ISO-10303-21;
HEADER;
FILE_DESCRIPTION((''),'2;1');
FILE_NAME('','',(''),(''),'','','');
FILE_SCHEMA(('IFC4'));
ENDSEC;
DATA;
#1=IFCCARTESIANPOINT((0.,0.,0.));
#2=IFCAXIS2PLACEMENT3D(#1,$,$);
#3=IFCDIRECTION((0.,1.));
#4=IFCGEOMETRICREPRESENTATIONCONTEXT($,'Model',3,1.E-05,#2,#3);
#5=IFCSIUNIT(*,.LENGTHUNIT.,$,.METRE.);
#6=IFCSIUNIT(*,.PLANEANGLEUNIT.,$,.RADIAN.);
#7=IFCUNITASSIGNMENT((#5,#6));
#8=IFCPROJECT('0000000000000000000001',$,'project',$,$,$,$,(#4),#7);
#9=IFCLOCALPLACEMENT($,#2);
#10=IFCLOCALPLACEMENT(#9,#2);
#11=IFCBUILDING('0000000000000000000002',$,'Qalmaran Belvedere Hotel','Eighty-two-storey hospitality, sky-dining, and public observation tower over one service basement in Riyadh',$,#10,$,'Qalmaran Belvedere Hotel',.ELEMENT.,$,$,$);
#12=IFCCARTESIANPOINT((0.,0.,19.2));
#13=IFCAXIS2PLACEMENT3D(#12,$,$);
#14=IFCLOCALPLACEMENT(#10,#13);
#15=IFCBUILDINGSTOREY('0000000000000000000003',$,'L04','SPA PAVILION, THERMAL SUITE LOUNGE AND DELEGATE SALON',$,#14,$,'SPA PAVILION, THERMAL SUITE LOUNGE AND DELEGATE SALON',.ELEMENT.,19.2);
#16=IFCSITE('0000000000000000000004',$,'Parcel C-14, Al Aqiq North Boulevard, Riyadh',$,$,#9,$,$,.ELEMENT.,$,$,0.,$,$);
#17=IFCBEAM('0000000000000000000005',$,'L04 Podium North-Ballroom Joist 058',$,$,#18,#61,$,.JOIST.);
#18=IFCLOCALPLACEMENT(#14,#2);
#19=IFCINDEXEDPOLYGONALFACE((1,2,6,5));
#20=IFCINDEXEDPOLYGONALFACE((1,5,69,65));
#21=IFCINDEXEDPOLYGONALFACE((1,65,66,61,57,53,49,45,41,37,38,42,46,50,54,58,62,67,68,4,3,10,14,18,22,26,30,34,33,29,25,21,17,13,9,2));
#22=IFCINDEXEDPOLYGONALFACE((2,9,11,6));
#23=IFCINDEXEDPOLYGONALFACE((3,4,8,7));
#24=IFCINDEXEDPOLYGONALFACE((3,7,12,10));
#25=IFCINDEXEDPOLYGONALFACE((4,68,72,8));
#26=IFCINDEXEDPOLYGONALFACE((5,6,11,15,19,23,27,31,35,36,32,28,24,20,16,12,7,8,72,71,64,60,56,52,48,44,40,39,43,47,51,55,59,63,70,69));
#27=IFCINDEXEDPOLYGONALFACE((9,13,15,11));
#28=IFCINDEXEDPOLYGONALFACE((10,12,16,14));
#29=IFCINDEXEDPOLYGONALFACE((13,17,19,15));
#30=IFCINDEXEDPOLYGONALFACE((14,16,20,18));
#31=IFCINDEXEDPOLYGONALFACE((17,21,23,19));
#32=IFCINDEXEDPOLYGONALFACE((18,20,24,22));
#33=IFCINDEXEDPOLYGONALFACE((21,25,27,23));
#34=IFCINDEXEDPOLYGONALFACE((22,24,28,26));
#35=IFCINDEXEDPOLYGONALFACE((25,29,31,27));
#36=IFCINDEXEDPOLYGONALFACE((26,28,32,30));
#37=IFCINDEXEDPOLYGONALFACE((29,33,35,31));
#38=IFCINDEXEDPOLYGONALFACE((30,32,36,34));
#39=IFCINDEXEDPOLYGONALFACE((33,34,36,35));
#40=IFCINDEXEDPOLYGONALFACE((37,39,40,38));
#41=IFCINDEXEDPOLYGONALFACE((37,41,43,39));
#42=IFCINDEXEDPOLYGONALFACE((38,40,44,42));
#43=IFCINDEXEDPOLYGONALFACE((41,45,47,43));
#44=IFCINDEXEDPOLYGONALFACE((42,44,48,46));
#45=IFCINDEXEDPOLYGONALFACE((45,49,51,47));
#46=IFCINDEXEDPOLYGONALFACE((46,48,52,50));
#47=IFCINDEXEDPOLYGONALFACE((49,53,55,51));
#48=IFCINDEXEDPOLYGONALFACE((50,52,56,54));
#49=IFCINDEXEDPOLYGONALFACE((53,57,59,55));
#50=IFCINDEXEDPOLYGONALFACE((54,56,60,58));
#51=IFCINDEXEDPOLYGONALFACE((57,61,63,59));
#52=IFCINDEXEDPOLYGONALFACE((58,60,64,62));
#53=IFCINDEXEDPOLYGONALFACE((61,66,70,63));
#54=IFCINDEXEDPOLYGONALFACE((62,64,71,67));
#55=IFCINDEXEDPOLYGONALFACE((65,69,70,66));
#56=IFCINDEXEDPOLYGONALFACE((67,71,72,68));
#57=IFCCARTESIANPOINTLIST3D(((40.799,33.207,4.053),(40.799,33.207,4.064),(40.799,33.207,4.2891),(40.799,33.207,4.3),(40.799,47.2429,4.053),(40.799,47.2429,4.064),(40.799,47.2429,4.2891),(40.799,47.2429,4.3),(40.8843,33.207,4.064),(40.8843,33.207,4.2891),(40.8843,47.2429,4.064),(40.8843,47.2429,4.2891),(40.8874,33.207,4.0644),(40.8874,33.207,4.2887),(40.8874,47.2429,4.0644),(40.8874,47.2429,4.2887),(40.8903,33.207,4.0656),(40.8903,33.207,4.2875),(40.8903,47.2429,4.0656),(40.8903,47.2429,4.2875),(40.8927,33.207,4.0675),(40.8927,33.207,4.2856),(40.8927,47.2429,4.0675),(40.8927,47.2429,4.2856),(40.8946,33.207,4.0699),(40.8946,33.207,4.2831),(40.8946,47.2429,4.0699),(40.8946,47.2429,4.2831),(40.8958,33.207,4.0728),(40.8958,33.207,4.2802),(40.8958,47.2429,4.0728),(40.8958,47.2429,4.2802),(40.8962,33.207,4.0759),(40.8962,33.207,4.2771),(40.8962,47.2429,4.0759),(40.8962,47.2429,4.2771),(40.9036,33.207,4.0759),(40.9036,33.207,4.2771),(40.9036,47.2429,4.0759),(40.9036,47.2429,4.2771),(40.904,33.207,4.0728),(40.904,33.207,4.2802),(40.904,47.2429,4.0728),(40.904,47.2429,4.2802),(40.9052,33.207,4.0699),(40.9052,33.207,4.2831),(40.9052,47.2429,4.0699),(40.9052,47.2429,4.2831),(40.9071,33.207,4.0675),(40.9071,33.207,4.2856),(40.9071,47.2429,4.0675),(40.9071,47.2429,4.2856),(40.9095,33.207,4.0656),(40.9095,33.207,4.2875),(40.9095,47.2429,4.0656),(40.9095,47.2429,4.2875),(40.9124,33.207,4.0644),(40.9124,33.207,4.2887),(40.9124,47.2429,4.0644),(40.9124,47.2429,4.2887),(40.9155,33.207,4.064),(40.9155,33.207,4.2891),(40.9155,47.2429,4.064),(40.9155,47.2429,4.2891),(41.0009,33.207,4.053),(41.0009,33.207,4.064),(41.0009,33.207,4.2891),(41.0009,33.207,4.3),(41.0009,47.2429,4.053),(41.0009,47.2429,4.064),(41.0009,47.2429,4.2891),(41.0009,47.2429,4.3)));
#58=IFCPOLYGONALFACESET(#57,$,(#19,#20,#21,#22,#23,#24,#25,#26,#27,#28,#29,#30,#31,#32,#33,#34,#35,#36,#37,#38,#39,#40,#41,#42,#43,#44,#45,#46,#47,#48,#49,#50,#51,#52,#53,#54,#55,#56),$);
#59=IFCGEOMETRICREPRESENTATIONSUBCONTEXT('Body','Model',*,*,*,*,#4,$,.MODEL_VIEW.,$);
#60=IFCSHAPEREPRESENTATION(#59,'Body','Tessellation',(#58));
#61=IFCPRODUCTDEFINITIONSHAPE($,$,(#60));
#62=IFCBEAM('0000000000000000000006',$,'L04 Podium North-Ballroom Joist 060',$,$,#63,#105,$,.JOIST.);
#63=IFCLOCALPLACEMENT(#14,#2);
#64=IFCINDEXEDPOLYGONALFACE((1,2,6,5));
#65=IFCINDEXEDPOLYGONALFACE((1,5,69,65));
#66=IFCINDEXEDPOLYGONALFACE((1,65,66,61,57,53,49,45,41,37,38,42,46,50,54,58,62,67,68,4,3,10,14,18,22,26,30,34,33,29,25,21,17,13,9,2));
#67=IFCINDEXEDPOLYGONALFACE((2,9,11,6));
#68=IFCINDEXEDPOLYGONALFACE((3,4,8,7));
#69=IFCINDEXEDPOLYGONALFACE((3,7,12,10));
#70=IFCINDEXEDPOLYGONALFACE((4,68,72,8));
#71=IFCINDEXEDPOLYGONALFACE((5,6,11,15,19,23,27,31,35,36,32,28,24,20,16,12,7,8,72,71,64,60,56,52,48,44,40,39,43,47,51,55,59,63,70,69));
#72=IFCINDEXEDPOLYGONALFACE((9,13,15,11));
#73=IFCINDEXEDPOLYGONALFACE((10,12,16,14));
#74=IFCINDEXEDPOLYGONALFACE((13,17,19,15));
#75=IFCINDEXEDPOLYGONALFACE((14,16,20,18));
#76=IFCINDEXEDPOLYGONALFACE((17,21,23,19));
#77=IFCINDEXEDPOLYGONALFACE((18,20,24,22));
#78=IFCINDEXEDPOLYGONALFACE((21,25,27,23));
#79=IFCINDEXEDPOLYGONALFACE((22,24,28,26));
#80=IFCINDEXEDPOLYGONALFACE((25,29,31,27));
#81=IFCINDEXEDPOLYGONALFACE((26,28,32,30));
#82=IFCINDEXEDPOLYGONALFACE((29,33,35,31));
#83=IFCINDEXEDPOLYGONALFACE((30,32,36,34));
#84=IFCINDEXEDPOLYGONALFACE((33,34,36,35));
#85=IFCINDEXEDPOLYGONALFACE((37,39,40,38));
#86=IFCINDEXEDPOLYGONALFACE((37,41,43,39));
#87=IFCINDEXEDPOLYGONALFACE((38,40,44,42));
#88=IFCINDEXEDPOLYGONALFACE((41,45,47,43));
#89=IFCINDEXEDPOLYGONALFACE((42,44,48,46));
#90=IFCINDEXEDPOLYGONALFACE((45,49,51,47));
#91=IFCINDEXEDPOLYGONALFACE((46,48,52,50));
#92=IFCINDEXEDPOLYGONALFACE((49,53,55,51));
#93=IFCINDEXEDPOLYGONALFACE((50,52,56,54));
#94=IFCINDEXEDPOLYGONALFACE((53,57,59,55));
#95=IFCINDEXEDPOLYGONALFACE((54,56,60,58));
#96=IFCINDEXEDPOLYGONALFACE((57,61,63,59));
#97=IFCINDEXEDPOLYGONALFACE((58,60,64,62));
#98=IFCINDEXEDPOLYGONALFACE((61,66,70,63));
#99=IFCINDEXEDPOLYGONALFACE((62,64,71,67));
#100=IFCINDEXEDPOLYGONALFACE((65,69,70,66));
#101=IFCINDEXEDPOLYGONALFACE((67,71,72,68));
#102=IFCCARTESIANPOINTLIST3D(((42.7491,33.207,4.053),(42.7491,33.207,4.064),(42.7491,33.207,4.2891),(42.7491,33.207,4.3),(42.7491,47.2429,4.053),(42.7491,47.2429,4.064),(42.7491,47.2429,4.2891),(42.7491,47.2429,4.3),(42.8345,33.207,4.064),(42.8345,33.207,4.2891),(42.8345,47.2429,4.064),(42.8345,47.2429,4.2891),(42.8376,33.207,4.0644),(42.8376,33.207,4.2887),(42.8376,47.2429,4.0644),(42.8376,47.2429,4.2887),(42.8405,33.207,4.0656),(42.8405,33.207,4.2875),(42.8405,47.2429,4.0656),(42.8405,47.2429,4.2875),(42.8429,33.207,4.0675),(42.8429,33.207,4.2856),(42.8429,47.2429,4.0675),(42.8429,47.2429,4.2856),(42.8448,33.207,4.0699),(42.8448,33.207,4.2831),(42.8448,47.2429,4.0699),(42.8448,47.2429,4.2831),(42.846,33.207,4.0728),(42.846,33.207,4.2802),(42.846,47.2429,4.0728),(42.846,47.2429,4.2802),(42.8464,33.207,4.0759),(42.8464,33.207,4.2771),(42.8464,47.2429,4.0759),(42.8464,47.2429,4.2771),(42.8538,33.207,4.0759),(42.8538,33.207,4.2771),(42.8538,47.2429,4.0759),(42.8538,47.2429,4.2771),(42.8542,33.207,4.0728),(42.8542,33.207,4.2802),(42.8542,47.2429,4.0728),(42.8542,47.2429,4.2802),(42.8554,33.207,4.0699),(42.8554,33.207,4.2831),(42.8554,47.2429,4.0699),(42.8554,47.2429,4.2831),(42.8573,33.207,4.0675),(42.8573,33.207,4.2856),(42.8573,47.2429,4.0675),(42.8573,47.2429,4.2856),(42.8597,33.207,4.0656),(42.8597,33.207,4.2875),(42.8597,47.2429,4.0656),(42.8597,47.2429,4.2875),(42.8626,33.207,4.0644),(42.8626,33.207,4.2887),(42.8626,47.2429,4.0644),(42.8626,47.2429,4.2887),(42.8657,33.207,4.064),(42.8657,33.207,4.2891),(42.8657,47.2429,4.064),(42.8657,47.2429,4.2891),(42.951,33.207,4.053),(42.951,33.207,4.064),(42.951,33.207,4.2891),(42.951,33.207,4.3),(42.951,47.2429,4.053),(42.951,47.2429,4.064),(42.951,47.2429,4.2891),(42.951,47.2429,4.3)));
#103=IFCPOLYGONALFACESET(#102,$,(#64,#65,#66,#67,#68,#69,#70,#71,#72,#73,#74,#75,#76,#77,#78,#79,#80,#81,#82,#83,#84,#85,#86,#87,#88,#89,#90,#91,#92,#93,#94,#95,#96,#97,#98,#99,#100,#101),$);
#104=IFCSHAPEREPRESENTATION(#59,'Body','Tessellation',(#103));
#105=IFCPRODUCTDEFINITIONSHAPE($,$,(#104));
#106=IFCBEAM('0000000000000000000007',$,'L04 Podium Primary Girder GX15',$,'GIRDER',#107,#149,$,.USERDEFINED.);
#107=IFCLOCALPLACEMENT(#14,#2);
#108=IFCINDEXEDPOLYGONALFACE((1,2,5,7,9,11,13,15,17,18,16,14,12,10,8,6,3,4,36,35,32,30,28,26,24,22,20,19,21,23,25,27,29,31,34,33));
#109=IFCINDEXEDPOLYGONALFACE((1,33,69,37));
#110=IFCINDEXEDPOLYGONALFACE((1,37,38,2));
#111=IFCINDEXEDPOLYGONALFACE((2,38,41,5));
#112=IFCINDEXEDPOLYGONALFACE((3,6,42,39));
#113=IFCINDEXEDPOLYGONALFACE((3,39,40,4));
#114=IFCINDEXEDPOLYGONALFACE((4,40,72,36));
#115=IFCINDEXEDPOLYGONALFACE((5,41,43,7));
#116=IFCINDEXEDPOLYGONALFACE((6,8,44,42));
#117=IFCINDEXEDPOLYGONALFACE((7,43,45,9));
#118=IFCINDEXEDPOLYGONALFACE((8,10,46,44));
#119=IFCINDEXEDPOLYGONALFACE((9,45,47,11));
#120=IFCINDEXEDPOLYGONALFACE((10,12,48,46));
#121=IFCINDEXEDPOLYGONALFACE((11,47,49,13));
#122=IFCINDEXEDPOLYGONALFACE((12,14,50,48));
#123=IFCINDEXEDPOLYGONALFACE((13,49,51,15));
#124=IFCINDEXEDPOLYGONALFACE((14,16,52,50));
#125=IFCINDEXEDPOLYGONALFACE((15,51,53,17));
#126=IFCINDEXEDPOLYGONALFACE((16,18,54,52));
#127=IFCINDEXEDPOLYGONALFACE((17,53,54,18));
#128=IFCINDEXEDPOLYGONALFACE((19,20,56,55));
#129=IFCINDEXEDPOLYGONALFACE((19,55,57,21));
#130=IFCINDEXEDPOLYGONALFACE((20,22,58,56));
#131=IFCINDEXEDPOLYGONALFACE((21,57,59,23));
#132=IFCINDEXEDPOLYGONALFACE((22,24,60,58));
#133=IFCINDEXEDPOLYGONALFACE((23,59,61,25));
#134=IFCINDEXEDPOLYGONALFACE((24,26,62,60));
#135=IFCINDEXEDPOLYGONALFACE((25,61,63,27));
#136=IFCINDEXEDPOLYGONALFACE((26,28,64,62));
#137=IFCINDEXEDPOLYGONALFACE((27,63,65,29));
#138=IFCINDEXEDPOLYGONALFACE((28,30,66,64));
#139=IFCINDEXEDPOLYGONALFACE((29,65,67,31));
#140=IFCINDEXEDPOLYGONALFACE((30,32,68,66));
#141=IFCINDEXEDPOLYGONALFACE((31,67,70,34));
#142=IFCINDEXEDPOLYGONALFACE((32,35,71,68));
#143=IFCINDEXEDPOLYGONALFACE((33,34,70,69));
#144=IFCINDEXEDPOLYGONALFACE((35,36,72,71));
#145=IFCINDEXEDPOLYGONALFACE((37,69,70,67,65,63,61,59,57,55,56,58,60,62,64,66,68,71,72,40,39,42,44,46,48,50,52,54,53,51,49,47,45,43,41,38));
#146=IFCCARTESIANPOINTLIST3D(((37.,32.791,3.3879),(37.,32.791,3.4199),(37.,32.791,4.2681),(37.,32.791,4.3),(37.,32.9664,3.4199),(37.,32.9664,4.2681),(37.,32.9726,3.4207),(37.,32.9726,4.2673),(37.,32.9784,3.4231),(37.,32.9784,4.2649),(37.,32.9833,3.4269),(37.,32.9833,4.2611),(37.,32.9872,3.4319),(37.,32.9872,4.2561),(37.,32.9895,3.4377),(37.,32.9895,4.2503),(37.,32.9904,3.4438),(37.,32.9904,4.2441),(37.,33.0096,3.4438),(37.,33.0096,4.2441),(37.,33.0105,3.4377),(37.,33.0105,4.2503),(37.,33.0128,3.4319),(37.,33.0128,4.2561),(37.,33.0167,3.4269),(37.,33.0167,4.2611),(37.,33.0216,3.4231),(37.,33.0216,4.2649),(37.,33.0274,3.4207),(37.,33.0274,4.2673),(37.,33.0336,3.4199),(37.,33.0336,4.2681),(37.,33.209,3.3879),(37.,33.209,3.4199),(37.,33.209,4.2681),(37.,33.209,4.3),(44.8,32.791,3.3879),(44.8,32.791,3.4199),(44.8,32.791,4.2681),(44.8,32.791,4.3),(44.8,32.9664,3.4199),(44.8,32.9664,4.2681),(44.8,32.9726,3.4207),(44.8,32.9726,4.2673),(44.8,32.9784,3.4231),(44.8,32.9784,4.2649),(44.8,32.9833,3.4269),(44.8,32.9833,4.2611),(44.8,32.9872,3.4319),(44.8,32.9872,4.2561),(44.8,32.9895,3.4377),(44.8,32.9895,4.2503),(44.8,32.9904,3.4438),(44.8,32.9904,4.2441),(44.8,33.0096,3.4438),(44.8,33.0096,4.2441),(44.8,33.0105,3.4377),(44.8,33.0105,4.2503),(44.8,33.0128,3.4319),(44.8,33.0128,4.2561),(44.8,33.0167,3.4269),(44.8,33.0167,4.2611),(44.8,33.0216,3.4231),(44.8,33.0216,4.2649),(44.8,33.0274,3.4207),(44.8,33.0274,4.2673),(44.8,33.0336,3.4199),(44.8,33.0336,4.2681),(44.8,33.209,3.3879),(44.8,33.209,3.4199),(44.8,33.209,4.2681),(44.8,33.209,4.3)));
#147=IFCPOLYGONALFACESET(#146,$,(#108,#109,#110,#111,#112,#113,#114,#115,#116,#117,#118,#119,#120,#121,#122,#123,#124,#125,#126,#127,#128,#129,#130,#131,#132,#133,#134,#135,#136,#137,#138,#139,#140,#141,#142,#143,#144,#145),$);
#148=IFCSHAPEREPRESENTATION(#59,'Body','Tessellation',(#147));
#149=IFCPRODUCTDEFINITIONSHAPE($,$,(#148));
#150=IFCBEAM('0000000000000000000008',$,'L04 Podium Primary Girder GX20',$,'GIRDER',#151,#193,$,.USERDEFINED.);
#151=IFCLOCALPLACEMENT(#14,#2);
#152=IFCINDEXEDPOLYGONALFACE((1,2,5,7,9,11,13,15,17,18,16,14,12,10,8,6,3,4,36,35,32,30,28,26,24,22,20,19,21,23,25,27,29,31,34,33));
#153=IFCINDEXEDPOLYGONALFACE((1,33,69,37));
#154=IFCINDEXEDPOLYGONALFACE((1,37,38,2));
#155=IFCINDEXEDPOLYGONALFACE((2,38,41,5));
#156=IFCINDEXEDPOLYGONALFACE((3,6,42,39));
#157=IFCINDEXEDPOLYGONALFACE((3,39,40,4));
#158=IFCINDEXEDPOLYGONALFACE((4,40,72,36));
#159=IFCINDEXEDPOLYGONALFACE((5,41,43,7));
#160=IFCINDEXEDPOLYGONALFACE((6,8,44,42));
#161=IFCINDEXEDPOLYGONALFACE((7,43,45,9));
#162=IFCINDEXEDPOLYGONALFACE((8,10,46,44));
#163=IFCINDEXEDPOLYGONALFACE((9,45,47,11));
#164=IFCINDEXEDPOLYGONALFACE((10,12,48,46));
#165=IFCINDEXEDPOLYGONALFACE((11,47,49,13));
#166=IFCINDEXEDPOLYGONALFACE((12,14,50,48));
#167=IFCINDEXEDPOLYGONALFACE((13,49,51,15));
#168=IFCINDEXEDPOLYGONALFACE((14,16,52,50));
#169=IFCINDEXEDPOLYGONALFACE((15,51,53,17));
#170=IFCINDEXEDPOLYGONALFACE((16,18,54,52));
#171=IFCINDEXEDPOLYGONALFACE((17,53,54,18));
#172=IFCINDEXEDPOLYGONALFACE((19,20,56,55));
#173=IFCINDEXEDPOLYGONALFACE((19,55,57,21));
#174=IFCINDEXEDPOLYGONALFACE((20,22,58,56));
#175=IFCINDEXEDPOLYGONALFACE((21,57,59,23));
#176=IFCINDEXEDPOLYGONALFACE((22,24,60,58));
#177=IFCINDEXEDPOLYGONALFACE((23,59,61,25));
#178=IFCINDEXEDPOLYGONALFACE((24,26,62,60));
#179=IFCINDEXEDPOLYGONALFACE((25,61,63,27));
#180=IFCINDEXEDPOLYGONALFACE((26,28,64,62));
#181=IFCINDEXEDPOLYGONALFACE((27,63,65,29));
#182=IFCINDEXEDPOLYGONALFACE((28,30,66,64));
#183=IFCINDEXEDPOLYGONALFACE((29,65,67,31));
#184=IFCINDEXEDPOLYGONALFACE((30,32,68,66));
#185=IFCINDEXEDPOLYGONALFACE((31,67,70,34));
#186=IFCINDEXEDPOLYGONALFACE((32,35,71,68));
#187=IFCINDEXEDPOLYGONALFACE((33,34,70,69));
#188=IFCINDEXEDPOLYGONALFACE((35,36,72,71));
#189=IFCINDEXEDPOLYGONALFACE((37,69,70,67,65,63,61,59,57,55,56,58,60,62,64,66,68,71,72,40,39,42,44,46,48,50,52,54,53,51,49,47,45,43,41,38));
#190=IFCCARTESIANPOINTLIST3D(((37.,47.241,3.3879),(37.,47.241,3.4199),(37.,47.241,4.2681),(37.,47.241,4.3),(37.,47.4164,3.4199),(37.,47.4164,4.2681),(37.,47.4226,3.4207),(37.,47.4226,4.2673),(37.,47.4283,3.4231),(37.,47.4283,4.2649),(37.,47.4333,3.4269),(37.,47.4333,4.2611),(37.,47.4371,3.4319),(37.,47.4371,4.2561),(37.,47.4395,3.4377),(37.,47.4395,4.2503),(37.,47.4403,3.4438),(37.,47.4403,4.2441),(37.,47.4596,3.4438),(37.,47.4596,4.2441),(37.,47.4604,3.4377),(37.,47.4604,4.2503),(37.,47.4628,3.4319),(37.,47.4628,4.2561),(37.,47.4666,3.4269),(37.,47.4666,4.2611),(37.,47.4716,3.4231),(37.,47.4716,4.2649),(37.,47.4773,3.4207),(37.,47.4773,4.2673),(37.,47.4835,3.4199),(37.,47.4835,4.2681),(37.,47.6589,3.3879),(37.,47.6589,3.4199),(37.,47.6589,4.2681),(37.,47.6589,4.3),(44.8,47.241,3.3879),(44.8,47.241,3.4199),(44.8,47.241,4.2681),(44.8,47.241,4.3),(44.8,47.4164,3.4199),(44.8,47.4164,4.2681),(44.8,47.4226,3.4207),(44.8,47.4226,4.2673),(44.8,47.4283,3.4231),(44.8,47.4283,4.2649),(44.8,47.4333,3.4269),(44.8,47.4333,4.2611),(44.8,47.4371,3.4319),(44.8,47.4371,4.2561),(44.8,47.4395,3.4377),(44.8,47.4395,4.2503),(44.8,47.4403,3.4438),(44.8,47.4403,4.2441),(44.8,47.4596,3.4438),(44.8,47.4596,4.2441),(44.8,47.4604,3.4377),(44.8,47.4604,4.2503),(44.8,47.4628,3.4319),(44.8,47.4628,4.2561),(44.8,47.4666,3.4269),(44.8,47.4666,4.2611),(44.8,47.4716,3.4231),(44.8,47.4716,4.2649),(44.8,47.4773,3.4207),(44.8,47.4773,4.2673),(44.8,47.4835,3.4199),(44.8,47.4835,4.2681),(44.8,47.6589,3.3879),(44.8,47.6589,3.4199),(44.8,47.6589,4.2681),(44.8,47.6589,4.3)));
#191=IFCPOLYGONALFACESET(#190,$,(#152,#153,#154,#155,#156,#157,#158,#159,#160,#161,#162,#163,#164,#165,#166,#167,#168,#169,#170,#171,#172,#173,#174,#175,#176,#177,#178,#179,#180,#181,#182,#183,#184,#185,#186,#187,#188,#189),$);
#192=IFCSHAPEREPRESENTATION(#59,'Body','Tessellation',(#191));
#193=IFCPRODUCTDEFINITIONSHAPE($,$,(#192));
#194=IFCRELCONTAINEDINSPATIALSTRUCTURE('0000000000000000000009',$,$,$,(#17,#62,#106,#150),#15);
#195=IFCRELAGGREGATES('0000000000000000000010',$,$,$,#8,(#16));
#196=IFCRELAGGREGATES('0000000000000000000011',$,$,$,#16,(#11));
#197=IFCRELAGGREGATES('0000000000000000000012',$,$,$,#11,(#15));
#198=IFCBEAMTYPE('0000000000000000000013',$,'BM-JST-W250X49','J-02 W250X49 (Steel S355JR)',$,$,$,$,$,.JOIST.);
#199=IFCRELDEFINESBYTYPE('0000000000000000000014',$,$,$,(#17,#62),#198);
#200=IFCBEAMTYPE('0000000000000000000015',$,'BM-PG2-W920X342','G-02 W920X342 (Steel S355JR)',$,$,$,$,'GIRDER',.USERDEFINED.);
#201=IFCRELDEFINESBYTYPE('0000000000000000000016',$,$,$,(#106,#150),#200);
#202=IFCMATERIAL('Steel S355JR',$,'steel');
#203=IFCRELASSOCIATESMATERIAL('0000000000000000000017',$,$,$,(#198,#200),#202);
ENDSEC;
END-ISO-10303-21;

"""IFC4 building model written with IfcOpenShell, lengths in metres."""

from ifc_helpers import new_model, si_unit, direction, frame, origin, origin_2d, place, context, subcontext, project, spatial, i_section, extrude, material, material_profile, profile_set, type_object, element, save


model = new_model("IFC4")

# Units and contexts
model_context = context("Model", 3, precision=1e-05, world=origin(), true_north=direction((0.0, 1.0)))
body_context = subcontext(model_context, "Body", "Model", "MODEL_VIEW")
ifc_project = project(units=[si_unit("LENGTHUNIT", "METRE"), si_unit("PLANEANGLEUNIT", "RADIAN")], contexts=[model_context])

# Site, building, storey
site_placement = place(None, origin())
site = spatial("IfcSite", under=ifc_project, at=site_placement, Name="Parcel C-14, Al Aqiq North Boulevard, Riyadh", CompositionType="ELEMENT", RefElevation=0.0)
building_placement = place(site_placement, origin())
building = spatial("IfcBuilding", under=site, at=building_placement, Name="Qalmaran Belvedere Hotel", Description="Eighty-two-storey hospitality, sky-dining, and public observation tower over one service basement in Riyadh", LongName="Qalmaran Belvedere Hotel", CompositionType="ELEMENT")
storey_placement = place(building_placement, frame((0.0, 0.0, 19.2)))
storey = spatial("IfcBuildingStorey", under=building, at=storey_placement, Name="L04", Description="SPA PAVILION, THERMAL SUITE LOUNGE AND DELEGATE SALON", LongName="SPA PAVILION, THERMAL SUITE LOUNGE AND DELEGATE SALON", CompositionType="ELEMENT", Elevation=19.2)

# Beams
ifc_material_1 = material(Name="Steel S355JR", Category="steel")
ifc_material_profile_1 = material_profile(ifc_material_1, i_section(OverallWidth=0.2019, OverallDepth=0.2471, WebThickness=0.0073, FlangeThickness=0.011, FilletRadius=0.012, at=origin_2d()), Name="W250X49")
ifc_profile_set_1 = profile_set([ifc_material_profile_1], Name="Steel S355JR")
beam_type_1 = type_object("IfcBeamType", Name="BM-JST-W250X49", Description="J-02 W250X49 (Steel S355JR)", PredefinedType="JOIST", material=ifc_profile_set_1)
for number, where, z_axis, x_axis, name in (
    (1, (40.8999, 33.207, 4.1765), (0.0, 1.0, 0.0), (-1.0, 0.0, 0.0), "L04 Podium North-Ballroom Joist 058"),
    (2, (42.8501, 33.207, 4.1765), (0.0, 1.0, 0.0), (-1.0, 0.0, 0.0), "L04 Podium North-Ballroom Joist 060"),
):
    element("IfcBeam", number, at=place(storey_placement, frame(where, z_axis=z_axis, x_axis=x_axis)), inside=storey, type_object=beam_type_1, Name=name, PredefinedType="JOIST", context=body_context, shape_type="SweptSolid", body=[
        extrude(i_section(OverallWidth=0.2019, OverallDepth=0.2471, WebThickness=0.0073, FlangeThickness=0.011, FilletRadius=0.012, at=origin_2d()), origin(), (0.0, 0.0, 1.0), 14.0359),
    ])
ifc_material_profile_2 = material_profile(ifc_material_1, i_section(OverallWidth=0.418, OverallDepth=0.9121, WebThickness=0.0193, FlangeThickness=0.032, FilletRadius=0.0239, at=origin_2d()), Name="W920X342")
ifc_profile_set_2 = profile_set([ifc_material_profile_2], Name="Steel S355JR")
beam_type_2 = type_object("IfcBeamType", Name="BM-PG2-W920X342", Description="G-02 W920X342 (Steel S355JR)", ElementType="GIRDER", PredefinedType="USERDEFINED", material=ifc_profile_set_2)
for number, where, z_axis, x_axis, name in (
    (3, (37.0, 33.0, 3.844), (1.0, 0.0, 0.0), (0.0, 1.0, 0.0), "L04 Podium Primary Girder GX15"),
    (4, (37.0, 47.45, 3.844), (1.0, 0.0, 0.0), (0.0, 1.0, 0.0), "L04 Podium Primary Girder GX20"),
):
    element("IfcBeam", number, at=place(storey_placement, frame(where, z_axis=z_axis, x_axis=x_axis)), inside=storey, type_object=beam_type_2, Name=name, ObjectType="GIRDER", PredefinedType="USERDEFINED", context=body_context, shape_type="SweptSolid", body=[
        extrude(i_section(OverallWidth=0.418, OverallDepth=0.9121, WebThickness=0.0193, FlangeThickness=0.032, FilletRadius=0.0239, at=origin_2d()), origin(), (0.0, 0.0, 1.0), 7.8),
    ])

save(model, "model.ifc")
